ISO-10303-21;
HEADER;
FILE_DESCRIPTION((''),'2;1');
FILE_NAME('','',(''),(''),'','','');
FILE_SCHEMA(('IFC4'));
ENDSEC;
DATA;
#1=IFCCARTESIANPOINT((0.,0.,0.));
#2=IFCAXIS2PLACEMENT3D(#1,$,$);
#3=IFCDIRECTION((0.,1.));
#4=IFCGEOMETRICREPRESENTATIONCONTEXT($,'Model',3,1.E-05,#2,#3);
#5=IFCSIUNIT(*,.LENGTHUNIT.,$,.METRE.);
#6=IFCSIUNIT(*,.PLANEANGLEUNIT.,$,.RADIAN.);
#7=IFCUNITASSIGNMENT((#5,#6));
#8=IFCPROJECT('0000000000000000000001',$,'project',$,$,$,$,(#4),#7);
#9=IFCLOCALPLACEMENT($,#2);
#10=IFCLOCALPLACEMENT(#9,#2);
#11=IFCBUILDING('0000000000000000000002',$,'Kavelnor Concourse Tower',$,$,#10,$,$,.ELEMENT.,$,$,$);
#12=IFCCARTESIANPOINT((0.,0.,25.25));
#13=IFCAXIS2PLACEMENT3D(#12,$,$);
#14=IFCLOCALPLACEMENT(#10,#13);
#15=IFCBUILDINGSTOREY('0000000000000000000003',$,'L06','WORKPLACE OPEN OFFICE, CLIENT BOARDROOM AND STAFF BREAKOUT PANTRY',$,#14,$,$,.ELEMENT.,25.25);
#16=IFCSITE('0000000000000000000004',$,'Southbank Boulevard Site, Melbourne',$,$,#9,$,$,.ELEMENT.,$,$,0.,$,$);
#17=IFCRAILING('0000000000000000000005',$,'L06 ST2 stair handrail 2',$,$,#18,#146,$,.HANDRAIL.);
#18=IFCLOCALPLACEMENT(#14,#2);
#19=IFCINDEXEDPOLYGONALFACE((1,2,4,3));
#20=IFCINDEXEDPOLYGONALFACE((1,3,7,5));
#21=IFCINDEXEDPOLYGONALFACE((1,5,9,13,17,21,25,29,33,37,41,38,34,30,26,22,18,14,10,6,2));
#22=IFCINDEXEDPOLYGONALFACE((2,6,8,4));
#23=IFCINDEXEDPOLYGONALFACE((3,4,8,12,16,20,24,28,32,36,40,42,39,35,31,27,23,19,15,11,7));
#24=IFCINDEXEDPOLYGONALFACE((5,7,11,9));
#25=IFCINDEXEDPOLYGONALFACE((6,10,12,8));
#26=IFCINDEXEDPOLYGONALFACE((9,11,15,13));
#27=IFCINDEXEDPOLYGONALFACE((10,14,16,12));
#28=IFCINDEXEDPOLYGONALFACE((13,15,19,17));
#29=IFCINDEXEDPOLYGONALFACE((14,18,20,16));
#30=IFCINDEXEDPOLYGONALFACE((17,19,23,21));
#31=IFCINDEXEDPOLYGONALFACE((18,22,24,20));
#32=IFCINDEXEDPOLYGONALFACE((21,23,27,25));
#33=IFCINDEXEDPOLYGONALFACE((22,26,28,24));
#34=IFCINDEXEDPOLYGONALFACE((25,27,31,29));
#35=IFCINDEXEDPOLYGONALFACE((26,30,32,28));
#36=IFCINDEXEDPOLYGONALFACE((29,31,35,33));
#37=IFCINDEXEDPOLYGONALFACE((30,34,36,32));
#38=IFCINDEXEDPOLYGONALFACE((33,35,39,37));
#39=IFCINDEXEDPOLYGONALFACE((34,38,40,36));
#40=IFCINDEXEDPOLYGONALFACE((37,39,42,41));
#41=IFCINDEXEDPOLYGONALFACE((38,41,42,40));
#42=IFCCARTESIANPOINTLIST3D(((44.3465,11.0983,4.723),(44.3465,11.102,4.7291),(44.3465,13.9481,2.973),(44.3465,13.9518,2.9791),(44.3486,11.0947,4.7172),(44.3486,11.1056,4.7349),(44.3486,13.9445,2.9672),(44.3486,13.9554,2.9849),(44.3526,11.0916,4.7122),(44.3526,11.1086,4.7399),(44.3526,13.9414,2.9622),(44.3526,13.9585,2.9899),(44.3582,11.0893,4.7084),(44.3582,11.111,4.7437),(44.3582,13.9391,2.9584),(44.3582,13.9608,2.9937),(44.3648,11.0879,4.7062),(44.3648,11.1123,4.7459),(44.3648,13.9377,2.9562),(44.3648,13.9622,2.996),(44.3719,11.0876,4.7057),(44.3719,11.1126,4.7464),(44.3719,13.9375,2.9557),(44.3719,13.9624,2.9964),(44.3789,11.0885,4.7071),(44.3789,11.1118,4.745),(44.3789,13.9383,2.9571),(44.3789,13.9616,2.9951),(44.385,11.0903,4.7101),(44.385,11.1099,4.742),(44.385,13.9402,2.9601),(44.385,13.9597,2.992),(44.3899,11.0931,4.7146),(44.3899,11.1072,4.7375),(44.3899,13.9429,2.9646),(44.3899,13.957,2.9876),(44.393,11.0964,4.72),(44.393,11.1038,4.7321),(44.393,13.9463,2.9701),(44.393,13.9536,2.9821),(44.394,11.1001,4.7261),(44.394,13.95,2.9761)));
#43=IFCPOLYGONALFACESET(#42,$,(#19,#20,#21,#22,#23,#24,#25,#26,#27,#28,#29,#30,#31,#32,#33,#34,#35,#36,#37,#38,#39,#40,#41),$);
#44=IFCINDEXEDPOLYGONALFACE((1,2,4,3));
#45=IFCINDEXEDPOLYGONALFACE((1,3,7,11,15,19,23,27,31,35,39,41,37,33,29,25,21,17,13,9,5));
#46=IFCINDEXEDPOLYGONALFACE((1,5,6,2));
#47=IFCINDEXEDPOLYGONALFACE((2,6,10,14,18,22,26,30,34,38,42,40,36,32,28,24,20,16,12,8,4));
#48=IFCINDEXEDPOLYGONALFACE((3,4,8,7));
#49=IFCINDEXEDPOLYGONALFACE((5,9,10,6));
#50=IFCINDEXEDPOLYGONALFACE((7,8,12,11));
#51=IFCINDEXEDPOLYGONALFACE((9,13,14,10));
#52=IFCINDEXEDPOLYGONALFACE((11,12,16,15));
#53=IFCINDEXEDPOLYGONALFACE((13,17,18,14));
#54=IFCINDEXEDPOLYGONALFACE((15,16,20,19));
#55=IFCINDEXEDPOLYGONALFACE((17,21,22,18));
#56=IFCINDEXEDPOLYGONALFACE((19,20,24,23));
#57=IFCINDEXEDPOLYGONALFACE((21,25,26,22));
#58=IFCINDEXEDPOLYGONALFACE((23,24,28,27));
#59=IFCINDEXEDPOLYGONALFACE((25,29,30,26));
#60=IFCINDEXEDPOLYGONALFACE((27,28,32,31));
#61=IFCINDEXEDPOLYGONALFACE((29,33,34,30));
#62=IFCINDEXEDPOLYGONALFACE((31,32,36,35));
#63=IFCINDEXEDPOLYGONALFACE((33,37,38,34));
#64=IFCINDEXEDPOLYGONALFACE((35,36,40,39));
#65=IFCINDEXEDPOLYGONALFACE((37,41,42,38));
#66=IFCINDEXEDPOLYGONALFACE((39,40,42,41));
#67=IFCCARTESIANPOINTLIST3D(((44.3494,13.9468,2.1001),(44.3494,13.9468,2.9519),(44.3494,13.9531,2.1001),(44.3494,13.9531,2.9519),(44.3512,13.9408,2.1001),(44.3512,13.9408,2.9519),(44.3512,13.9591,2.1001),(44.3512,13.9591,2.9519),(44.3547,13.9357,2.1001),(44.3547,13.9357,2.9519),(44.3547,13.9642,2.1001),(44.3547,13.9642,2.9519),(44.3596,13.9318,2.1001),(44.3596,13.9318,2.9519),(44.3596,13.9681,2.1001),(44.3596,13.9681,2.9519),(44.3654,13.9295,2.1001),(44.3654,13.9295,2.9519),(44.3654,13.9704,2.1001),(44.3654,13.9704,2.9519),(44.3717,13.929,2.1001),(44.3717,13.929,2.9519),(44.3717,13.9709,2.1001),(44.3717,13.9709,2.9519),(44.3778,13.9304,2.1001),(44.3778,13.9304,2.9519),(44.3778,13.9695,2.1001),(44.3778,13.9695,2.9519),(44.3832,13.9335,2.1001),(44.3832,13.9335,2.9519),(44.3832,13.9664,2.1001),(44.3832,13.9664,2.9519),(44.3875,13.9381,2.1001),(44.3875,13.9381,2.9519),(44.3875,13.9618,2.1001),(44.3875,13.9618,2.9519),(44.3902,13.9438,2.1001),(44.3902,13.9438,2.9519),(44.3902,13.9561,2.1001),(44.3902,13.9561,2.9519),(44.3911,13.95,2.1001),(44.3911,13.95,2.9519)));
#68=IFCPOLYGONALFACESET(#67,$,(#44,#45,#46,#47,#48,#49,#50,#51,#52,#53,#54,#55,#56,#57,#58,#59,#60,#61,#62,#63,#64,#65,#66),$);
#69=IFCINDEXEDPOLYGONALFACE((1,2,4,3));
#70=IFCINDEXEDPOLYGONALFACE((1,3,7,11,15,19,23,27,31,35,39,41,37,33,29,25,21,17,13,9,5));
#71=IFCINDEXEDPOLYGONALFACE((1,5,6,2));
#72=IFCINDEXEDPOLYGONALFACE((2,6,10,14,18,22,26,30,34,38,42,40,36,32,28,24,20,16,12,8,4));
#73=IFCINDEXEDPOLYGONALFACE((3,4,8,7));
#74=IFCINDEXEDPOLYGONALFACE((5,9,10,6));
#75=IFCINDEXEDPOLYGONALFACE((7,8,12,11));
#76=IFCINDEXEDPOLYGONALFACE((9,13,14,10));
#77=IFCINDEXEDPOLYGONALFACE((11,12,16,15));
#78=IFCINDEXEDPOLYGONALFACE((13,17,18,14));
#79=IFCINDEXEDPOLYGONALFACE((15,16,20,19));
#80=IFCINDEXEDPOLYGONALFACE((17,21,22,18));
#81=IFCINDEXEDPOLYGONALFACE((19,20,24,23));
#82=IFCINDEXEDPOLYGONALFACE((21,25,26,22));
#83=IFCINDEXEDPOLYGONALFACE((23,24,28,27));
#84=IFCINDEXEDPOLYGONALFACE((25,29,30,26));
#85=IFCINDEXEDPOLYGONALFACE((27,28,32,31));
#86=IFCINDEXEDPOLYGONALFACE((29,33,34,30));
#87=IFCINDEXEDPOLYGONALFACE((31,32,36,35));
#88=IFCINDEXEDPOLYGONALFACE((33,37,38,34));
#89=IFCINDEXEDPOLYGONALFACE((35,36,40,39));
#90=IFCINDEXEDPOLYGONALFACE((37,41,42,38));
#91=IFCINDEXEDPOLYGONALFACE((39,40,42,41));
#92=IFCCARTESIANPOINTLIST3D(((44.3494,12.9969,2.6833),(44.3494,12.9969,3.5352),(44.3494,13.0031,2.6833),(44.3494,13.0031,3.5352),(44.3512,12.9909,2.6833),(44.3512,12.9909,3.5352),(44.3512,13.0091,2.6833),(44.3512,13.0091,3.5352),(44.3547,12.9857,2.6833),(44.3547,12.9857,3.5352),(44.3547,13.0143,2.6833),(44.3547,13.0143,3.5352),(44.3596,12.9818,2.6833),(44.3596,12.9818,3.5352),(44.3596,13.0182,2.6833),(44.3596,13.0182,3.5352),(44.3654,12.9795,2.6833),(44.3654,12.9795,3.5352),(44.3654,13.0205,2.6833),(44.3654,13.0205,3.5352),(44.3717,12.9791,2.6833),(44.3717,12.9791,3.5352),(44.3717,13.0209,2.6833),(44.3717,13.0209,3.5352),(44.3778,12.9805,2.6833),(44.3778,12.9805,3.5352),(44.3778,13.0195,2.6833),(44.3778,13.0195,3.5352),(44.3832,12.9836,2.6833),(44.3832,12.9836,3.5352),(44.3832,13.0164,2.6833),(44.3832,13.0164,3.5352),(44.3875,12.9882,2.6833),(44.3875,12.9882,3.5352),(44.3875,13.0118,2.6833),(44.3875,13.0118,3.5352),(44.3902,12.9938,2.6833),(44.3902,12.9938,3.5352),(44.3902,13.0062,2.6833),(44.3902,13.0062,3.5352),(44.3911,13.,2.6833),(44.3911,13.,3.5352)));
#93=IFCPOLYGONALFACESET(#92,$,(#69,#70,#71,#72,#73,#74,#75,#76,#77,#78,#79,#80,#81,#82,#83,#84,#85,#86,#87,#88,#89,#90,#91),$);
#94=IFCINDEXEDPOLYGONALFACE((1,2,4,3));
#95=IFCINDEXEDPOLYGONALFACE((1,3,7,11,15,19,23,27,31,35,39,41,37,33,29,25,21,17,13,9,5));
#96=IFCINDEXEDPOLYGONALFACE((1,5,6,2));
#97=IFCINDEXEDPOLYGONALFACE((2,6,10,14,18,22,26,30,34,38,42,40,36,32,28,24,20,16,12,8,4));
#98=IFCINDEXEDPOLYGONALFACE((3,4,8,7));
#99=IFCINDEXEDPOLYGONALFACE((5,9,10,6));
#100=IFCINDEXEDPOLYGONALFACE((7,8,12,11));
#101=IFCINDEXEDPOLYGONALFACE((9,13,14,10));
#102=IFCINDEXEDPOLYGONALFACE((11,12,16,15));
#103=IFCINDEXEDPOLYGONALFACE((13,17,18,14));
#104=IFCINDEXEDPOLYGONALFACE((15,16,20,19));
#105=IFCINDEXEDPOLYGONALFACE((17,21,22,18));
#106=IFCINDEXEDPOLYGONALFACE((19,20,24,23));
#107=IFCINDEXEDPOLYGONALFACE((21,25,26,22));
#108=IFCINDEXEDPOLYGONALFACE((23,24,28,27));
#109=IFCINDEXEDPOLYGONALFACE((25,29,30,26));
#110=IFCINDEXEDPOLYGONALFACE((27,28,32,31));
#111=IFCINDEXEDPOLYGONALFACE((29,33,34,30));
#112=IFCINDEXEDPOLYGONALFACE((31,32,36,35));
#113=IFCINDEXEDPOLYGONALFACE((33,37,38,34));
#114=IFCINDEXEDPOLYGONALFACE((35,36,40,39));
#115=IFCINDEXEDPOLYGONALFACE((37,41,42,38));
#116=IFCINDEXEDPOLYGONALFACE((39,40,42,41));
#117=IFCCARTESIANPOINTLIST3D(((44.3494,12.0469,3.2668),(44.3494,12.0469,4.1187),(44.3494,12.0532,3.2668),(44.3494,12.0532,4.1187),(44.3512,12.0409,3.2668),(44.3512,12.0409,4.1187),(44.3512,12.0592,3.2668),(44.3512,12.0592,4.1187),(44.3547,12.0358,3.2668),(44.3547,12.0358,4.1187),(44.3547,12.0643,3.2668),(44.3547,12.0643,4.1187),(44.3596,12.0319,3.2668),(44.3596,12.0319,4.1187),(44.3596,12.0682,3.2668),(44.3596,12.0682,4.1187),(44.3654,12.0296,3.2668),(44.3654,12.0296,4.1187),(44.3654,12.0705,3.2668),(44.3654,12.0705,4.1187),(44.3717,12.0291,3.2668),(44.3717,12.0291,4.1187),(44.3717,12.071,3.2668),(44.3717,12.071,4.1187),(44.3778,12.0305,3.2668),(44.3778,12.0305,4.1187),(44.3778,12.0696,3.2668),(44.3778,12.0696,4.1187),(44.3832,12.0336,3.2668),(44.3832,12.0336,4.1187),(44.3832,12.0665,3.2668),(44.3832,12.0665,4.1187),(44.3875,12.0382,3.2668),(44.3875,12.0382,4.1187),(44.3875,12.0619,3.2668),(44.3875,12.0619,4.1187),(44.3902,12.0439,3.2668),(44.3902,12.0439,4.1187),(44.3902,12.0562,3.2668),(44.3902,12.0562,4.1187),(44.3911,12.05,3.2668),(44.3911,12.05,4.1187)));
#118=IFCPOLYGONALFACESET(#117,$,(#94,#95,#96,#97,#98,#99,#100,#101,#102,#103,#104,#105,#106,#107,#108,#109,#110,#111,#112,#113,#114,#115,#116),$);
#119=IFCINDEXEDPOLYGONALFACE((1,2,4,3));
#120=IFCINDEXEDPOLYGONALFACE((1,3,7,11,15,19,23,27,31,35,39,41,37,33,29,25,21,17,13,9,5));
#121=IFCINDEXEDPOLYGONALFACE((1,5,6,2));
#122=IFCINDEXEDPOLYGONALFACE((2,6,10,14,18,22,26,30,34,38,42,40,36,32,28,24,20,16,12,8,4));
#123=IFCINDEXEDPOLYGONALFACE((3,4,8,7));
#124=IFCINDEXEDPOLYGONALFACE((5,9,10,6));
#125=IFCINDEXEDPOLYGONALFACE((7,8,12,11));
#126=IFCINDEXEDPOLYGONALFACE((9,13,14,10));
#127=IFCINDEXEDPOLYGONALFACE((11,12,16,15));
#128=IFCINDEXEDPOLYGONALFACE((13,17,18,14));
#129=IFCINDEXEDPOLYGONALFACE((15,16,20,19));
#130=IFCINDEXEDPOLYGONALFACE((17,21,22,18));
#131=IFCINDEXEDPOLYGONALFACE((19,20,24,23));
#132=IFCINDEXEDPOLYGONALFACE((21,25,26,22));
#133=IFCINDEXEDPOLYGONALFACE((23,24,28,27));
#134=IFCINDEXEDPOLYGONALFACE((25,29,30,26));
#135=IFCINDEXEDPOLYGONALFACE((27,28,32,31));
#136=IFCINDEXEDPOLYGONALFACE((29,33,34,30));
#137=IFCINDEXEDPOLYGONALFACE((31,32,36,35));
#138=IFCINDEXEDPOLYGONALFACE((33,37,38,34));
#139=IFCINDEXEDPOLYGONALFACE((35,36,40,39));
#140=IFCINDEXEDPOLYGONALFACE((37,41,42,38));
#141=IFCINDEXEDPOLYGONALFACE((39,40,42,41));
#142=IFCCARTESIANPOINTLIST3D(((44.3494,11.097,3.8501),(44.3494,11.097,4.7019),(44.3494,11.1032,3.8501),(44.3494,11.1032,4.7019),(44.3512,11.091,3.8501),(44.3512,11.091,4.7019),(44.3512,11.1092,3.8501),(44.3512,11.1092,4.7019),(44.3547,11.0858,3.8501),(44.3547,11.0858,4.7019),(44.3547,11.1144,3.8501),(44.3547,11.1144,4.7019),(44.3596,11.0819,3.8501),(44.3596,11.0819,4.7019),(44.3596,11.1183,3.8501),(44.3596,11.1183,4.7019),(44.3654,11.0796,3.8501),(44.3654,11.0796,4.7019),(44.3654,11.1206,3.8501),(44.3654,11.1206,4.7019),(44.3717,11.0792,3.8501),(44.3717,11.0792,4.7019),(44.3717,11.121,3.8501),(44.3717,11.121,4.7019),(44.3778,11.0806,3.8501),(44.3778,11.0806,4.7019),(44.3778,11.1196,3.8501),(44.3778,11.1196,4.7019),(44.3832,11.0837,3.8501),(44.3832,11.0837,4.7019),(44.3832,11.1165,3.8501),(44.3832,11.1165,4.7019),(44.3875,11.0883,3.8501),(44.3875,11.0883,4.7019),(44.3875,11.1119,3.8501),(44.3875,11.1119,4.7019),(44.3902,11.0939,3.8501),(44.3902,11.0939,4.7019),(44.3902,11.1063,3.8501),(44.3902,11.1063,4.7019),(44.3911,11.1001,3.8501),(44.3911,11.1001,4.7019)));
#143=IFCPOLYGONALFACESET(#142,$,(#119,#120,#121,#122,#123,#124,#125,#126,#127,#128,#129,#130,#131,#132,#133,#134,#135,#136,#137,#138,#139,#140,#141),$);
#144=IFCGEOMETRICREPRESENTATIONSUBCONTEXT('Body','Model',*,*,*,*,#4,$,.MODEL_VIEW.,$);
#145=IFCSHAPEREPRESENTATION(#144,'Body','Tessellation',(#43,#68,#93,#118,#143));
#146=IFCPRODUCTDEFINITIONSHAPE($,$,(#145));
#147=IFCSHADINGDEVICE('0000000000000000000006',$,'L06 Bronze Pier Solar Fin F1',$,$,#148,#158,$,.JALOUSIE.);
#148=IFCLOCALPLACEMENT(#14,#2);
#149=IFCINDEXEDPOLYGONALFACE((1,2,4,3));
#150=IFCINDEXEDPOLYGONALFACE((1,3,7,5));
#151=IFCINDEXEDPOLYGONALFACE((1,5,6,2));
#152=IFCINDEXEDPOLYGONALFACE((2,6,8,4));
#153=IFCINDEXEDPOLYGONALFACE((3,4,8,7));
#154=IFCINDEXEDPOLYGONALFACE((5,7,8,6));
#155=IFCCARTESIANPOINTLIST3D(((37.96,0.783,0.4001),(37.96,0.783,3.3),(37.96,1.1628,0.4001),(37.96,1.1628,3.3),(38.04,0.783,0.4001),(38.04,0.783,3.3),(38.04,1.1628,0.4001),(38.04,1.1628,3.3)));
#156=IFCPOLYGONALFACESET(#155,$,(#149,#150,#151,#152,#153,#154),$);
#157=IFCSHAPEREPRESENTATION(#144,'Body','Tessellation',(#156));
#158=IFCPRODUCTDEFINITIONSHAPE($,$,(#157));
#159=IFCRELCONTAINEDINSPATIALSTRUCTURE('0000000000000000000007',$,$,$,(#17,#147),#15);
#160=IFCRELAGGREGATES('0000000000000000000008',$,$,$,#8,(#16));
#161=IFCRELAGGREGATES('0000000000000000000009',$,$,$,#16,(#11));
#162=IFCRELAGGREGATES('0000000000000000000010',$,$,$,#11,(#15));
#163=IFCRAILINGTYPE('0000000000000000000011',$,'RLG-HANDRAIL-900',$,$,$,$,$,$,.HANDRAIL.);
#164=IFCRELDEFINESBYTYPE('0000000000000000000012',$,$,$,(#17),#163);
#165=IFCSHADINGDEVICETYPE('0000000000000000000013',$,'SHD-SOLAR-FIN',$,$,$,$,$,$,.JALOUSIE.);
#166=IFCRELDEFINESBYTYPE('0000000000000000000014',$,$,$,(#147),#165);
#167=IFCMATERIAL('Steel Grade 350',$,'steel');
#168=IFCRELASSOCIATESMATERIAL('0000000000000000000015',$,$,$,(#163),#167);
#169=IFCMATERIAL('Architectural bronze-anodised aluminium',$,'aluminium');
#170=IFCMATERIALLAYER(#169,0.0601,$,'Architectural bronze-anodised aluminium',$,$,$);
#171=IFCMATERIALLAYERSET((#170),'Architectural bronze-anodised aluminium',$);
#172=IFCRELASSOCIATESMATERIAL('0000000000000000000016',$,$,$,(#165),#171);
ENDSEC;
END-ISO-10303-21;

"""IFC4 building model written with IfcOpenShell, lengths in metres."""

from ifc_helpers import new_model, si_unit, direction, frame, origin, origin_2d, place, context, subcontext, project, spatial, rectangle, circle, extrude, material, layer, layer_set, type_object, element, save


model = new_model("IFC4")

# Units and contexts
model_context = context("Model", 3, precision=1e-05, world=origin(), true_north=direction((0.0, 1.0)))
body_context = subcontext(model_context, "Body", "Model", "MODEL_VIEW")
ifc_project = project(units=[si_unit("LENGTHUNIT", "METRE"), si_unit("PLANEANGLEUNIT", "RADIAN")], contexts=[model_context])

# Site, building, storey
site_placement = place(None, origin())
site = spatial("IfcSite", under=ifc_project, at=site_placement, Name="Southbank Boulevard Site, Melbourne", CompositionType="ELEMENT", RefElevation=0.0)
building_placement = place(site_placement, origin())
building = spatial("IfcBuilding", under=site, at=building_placement, Name="Kavelnor Concourse Tower", CompositionType="ELEMENT")
storey_placement = place(building_placement, frame((0.0, 0.0, 25.25)))
storey = spatial("IfcBuildingStorey", under=building, at=storey_placement, Name="L06", Description="WORKPLACE OPEN OFFICE, CLIENT BOARDROOM AND STAFF BREAKOUT PANTRY", CompositionType="ELEMENT", Elevation=25.25)

# Shared definitions
ifc_material_1 = material(Name="Steel Grade 350", Category="steel")

# Railing
railing_type_1 = type_object("IfcRailingType", Name="RLG-HANDRAIL-900", PredefinedType="HANDRAIL", material=ifc_material_1)
railing_1_placement = place(storey_placement, frame((44.3701, 13.95, 2.1001)))
element("IfcRailing", 1, at=railing_1_placement, inside=storey, type_object=railing_type_1, Name="L06 ST2 stair handrail 2", PredefinedType="HANDRAIL", context=body_context, shape_type="SweptSolid", body=[
    extrude(circle(Radius=0.0239, at=origin_2d()), frame((0.0, 0.0, 0.876), z_axis=(0.0, -0.852159, 0.523283), x_axis=(1.0, 0.0, 0.0)), (0.0, 0.0, 1.0), 3.3442),
    extrude(circle(Radius=0.021, at=origin_2d()), origin(), (0.0, 0.0, 1.0), 0.8518),
    extrude(circle(Radius=0.021, at=origin_2d()), frame((0.0, -0.95, 0.5833)), (0.0, 0.0, 1.0), 0.8518),
    extrude(circle(Radius=0.021, at=origin_2d()), frame((0.0, -1.8999, 1.1667)), (0.0, 0.0, 1.0), 0.8518),
    extrude(circle(Radius=0.021, at=origin_2d()), frame((0.0, -2.8499, 1.75)), (0.0, 0.0, 1.0), 0.8518),
])

# Shading device
ifc_material_2 = material(Name="Architectural bronze-anodised aluminium", Category="aluminium")
ifc_layer_1 = layer(ifc_material_2, 0.0601, Name="Architectural bronze-anodised aluminium")
ifc_layer_set_1 = layer_set([ifc_layer_1], Name="Architectural bronze-anodised aluminium")
shading_device_type = type_object("IfcShadingDeviceType", Name="SHD-SOLAR-FIN", PredefinedType="JALOUSIE", material=ifc_layer_set_1)
shading_device_placement = place(storey_placement, frame((38.0, 0.9729, 0.4001), z_axis=(0.0, 0.0, 1.0), x_axis=(0.0, -1.0, 0.0)))
element("IfcShadingDevice", 2, at=shading_device_placement, inside=storey, type_object=shading_device_type, Name="L06 Bronze Pier Solar Fin F1", PredefinedType="JALOUSIE", context=body_context, shape_type="SweptSolid", body=[
    extrude(rectangle(XDim=0.3799, YDim=0.0801, at=origin_2d()), origin(), (0.0, 0.0, 1.0), 2.8999),
])

save(model, "model.ifc")
